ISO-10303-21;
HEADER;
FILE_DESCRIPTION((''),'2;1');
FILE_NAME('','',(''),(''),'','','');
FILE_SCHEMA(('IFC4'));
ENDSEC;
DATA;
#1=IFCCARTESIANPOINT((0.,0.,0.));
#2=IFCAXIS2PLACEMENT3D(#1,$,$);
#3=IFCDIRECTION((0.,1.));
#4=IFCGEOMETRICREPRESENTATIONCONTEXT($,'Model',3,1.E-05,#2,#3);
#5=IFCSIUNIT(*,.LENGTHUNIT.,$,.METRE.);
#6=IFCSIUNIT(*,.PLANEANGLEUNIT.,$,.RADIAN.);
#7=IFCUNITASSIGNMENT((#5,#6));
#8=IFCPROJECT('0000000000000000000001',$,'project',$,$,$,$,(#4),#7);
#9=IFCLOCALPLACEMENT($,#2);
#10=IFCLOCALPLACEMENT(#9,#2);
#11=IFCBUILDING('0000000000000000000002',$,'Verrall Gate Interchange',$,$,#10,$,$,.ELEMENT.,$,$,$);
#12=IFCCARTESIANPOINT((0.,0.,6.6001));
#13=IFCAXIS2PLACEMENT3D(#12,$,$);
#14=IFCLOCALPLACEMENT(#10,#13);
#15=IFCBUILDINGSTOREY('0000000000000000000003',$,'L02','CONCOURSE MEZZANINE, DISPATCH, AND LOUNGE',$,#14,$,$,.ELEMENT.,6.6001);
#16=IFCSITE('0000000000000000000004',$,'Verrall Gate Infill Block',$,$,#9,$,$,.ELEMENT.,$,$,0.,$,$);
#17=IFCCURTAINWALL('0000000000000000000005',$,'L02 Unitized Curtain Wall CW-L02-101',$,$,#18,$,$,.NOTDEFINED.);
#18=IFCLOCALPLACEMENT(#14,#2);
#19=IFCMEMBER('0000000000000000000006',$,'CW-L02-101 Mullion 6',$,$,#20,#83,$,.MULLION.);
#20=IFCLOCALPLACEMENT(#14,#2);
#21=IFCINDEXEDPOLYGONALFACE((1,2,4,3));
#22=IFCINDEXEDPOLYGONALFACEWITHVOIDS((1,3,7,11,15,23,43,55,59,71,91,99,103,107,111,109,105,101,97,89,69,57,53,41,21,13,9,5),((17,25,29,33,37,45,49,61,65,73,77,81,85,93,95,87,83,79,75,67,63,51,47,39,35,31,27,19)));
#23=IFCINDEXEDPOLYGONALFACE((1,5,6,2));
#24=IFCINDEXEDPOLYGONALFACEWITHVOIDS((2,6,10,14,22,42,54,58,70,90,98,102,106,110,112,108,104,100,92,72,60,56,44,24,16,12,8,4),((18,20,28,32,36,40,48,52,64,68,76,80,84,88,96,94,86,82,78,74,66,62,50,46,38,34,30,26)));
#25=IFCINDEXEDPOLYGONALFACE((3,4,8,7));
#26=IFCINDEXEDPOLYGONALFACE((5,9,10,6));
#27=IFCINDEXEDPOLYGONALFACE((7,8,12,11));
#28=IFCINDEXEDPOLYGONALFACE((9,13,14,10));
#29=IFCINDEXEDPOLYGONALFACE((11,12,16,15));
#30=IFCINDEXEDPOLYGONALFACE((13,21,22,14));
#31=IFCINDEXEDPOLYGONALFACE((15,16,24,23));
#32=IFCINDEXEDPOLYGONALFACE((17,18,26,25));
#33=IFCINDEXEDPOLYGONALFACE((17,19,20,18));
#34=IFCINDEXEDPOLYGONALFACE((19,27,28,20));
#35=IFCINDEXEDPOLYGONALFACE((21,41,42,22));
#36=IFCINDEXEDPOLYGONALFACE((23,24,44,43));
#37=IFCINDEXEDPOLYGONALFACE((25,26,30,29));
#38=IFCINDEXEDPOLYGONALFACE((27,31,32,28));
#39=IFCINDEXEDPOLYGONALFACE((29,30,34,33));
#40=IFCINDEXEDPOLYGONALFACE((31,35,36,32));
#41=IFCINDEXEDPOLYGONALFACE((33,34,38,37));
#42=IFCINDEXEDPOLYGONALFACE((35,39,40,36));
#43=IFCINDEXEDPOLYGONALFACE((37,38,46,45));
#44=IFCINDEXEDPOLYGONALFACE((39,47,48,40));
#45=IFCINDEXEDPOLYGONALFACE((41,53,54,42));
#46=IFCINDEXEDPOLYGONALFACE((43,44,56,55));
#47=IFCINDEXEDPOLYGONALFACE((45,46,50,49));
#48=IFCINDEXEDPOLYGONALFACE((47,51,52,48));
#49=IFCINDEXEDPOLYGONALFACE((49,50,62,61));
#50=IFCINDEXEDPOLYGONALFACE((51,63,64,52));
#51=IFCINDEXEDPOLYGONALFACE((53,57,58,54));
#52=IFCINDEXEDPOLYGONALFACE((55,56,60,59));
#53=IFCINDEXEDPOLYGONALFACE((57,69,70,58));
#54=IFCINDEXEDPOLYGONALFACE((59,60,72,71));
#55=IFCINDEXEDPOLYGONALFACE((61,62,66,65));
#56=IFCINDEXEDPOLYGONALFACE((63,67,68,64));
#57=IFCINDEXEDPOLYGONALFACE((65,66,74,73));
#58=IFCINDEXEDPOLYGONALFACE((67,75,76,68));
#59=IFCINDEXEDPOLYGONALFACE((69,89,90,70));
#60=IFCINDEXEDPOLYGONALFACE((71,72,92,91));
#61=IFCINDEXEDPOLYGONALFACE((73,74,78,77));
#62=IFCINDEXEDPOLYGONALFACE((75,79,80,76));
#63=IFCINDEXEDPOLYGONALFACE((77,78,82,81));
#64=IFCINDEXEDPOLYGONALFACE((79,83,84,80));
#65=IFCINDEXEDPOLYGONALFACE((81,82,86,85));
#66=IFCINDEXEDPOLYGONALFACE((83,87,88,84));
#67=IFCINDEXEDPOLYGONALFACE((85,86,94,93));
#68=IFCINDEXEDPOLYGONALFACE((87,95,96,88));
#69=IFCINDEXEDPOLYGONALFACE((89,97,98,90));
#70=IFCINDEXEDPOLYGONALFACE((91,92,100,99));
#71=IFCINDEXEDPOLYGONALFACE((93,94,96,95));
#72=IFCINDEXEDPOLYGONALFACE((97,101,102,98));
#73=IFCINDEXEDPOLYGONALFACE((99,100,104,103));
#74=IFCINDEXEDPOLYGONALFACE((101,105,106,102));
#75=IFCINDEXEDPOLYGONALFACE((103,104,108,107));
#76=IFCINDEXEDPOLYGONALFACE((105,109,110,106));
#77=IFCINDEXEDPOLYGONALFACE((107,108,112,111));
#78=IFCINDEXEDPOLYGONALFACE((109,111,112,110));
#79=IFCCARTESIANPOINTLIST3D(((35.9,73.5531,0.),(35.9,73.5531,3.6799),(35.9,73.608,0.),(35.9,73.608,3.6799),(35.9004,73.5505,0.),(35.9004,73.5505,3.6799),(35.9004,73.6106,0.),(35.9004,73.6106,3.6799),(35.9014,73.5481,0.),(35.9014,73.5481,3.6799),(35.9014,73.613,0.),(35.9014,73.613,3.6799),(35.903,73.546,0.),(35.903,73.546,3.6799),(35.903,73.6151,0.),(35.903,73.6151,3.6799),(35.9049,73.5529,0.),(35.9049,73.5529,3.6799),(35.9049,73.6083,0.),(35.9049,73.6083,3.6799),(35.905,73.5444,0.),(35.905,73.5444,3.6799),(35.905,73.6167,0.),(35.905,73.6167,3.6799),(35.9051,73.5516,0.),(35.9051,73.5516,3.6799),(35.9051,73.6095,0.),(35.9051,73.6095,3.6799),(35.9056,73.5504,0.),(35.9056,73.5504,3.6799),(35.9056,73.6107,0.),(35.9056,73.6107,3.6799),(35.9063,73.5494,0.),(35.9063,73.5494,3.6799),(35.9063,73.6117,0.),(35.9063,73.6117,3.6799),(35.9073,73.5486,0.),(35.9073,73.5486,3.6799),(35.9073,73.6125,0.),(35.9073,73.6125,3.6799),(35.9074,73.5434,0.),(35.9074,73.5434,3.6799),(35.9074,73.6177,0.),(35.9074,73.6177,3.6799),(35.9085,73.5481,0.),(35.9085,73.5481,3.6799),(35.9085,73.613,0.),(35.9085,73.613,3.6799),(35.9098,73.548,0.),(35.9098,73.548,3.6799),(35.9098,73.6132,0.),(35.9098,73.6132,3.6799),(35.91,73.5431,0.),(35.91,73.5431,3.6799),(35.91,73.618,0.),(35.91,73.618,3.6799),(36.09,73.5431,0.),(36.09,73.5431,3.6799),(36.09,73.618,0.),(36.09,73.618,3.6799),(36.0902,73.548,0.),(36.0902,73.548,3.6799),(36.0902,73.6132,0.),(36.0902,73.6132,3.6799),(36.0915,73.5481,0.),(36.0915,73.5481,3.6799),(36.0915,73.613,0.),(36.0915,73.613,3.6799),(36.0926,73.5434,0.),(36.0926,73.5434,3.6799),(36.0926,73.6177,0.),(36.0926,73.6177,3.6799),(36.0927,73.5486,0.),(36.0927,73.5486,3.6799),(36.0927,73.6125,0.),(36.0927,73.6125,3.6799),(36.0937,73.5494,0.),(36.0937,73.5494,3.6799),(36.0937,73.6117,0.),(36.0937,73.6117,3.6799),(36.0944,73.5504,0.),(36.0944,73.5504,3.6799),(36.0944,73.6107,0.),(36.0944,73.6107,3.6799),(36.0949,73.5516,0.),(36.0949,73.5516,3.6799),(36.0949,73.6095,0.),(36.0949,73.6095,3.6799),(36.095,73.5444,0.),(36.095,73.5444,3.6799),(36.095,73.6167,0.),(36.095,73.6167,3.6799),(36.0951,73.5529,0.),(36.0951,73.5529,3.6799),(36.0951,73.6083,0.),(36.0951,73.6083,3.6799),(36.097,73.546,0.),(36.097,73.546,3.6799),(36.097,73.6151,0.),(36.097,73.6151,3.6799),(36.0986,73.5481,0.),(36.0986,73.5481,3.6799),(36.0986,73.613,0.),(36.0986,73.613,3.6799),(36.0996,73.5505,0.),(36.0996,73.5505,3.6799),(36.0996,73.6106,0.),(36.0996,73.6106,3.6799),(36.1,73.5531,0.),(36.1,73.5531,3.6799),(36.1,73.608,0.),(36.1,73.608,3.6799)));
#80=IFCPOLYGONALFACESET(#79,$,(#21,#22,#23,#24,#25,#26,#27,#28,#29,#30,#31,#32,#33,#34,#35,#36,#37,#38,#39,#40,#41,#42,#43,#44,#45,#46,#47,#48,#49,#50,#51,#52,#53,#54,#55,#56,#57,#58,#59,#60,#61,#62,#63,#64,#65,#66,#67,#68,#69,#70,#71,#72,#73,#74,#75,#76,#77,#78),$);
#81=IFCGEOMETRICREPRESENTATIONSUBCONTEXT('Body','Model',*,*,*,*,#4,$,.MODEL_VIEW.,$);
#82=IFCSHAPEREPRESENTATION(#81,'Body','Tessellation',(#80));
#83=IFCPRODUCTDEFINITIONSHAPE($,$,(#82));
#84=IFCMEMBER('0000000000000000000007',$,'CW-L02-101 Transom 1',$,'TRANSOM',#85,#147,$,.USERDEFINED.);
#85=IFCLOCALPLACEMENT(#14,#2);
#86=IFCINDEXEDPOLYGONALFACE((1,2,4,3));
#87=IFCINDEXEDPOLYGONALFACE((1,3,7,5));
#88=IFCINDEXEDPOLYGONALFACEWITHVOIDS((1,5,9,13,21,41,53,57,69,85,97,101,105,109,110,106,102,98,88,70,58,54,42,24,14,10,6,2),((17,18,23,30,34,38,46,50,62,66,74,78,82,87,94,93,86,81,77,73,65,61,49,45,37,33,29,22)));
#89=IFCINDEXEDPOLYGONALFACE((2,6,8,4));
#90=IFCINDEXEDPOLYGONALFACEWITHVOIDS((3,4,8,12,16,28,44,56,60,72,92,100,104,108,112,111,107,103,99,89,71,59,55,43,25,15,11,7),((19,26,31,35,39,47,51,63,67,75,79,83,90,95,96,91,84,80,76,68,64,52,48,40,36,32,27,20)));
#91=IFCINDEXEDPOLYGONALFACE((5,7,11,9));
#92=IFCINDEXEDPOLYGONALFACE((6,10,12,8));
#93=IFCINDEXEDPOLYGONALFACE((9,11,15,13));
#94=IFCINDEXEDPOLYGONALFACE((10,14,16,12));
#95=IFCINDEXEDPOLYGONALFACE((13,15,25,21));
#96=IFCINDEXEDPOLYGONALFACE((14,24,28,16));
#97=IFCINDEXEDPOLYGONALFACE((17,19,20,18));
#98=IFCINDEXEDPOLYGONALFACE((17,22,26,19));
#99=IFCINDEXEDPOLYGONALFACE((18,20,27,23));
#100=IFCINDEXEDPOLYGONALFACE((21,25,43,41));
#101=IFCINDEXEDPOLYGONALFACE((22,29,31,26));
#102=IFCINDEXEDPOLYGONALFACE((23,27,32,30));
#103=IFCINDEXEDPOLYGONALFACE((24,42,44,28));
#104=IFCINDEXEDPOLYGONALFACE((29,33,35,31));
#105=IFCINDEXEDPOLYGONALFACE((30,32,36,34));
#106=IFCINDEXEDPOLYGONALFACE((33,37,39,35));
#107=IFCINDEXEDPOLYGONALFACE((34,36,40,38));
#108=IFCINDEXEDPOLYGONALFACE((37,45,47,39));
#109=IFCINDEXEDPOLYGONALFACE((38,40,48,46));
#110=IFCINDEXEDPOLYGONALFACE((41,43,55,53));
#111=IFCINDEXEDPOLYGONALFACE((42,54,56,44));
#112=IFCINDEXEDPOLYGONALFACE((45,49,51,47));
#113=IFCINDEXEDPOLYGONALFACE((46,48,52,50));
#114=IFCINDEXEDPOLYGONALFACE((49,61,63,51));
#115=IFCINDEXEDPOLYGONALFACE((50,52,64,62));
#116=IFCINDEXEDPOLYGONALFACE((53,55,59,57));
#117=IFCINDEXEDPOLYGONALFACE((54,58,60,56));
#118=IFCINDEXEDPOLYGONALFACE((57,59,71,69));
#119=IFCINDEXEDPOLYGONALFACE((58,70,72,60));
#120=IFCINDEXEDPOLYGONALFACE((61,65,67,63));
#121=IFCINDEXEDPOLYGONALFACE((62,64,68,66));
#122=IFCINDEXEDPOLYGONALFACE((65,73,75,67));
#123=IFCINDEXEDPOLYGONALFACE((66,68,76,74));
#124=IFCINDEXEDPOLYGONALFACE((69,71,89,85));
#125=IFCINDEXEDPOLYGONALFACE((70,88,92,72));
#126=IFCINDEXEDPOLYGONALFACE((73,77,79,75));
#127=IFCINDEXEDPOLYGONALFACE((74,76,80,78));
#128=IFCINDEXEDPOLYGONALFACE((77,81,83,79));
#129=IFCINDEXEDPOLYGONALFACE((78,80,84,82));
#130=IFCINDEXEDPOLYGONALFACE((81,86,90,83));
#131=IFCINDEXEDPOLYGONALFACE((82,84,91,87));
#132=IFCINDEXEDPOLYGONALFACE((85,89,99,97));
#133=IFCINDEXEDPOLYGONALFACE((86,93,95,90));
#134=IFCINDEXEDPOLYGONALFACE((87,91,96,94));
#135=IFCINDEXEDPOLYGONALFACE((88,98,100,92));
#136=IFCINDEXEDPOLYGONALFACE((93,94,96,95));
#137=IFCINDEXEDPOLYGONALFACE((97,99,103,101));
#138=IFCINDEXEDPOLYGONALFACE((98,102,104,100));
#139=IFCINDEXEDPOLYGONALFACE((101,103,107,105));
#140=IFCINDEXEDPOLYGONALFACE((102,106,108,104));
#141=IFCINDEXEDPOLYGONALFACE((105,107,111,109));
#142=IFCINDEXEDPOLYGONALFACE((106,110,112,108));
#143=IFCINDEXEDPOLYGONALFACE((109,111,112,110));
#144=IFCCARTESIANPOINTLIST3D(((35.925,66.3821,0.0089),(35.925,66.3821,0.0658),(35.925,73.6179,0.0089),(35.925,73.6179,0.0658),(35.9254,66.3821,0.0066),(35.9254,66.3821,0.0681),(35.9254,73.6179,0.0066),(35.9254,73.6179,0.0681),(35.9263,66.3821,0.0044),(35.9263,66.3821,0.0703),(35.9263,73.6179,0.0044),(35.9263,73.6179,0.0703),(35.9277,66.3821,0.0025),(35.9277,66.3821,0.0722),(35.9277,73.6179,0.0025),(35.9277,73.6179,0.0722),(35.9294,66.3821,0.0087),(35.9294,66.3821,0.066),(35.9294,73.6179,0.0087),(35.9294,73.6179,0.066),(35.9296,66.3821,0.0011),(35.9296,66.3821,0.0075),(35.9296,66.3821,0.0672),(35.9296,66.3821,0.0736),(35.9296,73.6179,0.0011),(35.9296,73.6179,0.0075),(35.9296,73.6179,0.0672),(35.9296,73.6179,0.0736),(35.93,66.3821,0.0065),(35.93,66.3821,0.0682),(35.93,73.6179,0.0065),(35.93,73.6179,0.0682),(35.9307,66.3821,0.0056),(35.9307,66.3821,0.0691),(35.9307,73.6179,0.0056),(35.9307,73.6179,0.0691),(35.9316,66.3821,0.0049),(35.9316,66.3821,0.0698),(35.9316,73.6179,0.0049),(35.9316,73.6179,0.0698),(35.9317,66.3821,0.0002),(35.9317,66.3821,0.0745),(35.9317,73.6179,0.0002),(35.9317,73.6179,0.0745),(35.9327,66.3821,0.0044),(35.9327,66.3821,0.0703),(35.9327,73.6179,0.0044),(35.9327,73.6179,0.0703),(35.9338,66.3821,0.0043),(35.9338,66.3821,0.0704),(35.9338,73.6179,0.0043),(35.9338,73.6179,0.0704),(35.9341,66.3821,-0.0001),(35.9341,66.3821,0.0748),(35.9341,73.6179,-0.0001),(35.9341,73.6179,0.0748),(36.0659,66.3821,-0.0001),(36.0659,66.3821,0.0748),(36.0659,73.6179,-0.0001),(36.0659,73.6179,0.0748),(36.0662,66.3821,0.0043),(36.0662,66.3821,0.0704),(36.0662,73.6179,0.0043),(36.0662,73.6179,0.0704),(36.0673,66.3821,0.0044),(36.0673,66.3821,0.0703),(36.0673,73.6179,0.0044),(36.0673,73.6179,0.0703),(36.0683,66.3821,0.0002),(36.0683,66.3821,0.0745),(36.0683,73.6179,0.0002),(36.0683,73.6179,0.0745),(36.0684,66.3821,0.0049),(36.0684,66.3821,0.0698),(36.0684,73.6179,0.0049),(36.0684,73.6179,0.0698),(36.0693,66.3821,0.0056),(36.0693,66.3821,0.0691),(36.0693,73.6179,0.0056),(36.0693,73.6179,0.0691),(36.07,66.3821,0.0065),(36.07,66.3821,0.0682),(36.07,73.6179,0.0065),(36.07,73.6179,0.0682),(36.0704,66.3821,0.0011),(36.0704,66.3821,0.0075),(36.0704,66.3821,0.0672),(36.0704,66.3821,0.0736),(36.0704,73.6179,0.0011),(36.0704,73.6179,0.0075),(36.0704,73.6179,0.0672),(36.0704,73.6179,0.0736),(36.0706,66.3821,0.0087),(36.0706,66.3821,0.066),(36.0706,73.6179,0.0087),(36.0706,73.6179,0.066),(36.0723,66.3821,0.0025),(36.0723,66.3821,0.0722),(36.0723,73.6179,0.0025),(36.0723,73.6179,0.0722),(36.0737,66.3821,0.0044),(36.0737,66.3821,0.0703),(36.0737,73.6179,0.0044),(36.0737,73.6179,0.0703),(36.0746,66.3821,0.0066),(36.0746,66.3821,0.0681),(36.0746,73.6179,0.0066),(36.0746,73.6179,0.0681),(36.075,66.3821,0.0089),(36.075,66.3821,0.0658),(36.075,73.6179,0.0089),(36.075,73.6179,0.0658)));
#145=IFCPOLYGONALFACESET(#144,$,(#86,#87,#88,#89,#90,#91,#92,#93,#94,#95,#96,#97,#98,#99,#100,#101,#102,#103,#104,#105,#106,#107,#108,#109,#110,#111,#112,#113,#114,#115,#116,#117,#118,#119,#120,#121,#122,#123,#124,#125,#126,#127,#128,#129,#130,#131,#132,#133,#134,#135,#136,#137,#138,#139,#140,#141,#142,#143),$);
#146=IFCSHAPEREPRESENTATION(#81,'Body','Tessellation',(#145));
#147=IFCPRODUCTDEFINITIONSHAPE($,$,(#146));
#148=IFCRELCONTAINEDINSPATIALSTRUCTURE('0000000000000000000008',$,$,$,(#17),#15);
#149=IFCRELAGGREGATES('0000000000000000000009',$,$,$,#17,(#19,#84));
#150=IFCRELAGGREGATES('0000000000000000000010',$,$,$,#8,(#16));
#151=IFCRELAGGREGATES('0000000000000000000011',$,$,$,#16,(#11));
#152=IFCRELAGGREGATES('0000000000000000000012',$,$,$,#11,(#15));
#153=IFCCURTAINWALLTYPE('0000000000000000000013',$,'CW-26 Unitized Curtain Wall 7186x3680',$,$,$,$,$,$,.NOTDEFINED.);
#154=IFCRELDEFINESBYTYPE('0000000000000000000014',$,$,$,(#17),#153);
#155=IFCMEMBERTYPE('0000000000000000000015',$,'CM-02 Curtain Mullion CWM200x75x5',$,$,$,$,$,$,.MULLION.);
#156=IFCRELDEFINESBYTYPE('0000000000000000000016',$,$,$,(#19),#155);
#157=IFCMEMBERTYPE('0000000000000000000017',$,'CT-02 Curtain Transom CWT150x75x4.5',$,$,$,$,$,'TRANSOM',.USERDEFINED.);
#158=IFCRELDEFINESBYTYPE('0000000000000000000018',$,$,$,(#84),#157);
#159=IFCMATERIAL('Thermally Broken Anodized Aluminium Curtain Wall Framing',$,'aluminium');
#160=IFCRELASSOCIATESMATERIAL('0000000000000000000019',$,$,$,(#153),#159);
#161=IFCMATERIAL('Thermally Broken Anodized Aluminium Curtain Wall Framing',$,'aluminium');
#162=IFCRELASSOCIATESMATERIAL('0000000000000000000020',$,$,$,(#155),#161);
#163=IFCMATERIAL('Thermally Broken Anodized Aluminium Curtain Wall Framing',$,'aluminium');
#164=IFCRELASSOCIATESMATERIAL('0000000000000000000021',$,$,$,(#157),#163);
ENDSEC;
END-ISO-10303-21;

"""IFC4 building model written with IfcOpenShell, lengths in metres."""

from ifc_helpers import new_model, si_unit, direction, frame, origin, origin_2d, place, context, subcontext, project, spatial, hollow_rectangle, extrude, material, material_profile, profile_set, type_object, element, aggregate, save


model = new_model("IFC4")

# Units and contexts
model_context = context("Model", 3, precision=1e-05, world=origin(), true_north=direction((0.0, 1.0)))
body_context = subcontext(model_context, "Body", "Model", "MODEL_VIEW")
ifc_project = project(units=[si_unit("LENGTHUNIT", "METRE"), si_unit("PLANEANGLEUNIT", "RADIAN")], contexts=[model_context])

# Site, building, storey
site_placement = place(None, origin())
site = spatial("IfcSite", under=ifc_project, at=site_placement, Name="Verrall Gate Infill Block", CompositionType="ELEMENT", RefElevation=0.0)
building_placement = place(site_placement, origin())
building = spatial("IfcBuilding", under=site, at=building_placement, Name="Verrall Gate Interchange", CompositionType="ELEMENT")
storey_placement = place(building_placement, frame((0.0, 0.0, 6.6001)))
storey = spatial("IfcBuildingStorey", under=building, at=storey_placement, Name="L02", Description="CONCOURSE MEZZANINE, DISPATCH, AND LOUNGE", CompositionType="ELEMENT", Elevation=6.6001)

# Curtain wall, members
ifc_material_1 = material(Name="Thermally Broken Anodized Aluminium Curtain Wall Framing", Category="aluminium")
curtain_wall_type = type_object("IfcCurtainWallType", Name="CW-26 Unitized Curtain Wall 7186x3680", PredefinedType="NOTDEFINED", material=ifc_material_1)
curtain_wall_placement = place(storey_placement, origin())
curtain_wall = element("IfcCurtainWall", 1, at=curtain_wall_placement, inside=storey, type_object=curtain_wall_type, Name="L02 Unitized Curtain Wall CW-L02-101", PredefinedType="NOTDEFINED")
ifc_material_2 = material(Name="Thermally Broken Anodized Aluminium Curtain Wall Framing", Category="aluminium")
ifc_material_profile_1 = material_profile(ifc_material_2, hollow_rectangle(XDim=0.075, YDim=0.2, WallThickness=0.0049, InnerFilletRadius=0.0049, OuterFilletRadius=0.01, at=origin_2d()), Name="CWM200x75x5")
ifc_profile_set_1 = profile_set([ifc_material_profile_1], Name="Thermally Broken Anodized Aluminium Curtain Wall Framing")
member_type_1 = type_object("IfcMemberType", Name="CM-02 Curtain Mullion CWM200x75x5", PredefinedType="MULLION", material=ifc_profile_set_1)
member_1_placement = place(storey_placement, frame((36.0, 73.5806, 0.0), z_axis=(0.0, 0.0, 1.0), x_axis=(0.0, 1.0, 0.0)))
member_1 = element("IfcMember", 2, at=member_1_placement, type_object=member_type_1, Name="CW-L02-101 Mullion 6", PredefinedType="MULLION", context=body_context, shape_type="SweptSolid", body=[
    extrude(hollow_rectangle(XDim=0.075, YDim=0.2, WallThickness=0.0049, InnerFilletRadius=0.0049, OuterFilletRadius=0.01, at=origin_2d()), origin(), (0.0, 0.0, 1.0), 3.6799),
])
ifc_material_3 = material(Name="Thermally Broken Anodized Aluminium Curtain Wall Framing", Category="aluminium")
ifc_material_profile_2 = material_profile(ifc_material_3, hollow_rectangle(XDim=0.1499, YDim=0.075, WallThickness=0.0044, InnerFilletRadius=0.0044, OuterFilletRadius=0.009, at=origin_2d()), Name="CWT150x75x4.5")
ifc_profile_set_2 = profile_set([ifc_material_profile_2], Name="Thermally Broken Anodized Aluminium Curtain Wall Framing")
member_type_2 = type_object("IfcMemberType", Name="CT-02 Curtain Transom CWT150x75x4.5", ElementType="TRANSOM", PredefinedType="USERDEFINED", material=ifc_profile_set_2)
member_2_placement = place(storey_placement, frame((36.0, 66.3821, 0.0374), z_axis=(0.0, 1.0, 0.0), x_axis=(-1.0, 0.0, 0.0)))
member_2 = element("IfcMember", 3, at=member_2_placement, type_object=member_type_2, Name="CW-L02-101 Transom 1", ObjectType="TRANSOM", PredefinedType="USERDEFINED", context=body_context, shape_type="SweptSolid", body=[
    extrude(hollow_rectangle(XDim=0.1499, YDim=0.075, WallThickness=0.0044, InnerFilletRadius=0.0044, OuterFilletRadius=0.009, at=origin_2d()), origin(), (0.0, 0.0, 1.0), 7.2358),
])

aggregate(curtain_wall, [member_1, member_2])

save(model, "model.ifc")
